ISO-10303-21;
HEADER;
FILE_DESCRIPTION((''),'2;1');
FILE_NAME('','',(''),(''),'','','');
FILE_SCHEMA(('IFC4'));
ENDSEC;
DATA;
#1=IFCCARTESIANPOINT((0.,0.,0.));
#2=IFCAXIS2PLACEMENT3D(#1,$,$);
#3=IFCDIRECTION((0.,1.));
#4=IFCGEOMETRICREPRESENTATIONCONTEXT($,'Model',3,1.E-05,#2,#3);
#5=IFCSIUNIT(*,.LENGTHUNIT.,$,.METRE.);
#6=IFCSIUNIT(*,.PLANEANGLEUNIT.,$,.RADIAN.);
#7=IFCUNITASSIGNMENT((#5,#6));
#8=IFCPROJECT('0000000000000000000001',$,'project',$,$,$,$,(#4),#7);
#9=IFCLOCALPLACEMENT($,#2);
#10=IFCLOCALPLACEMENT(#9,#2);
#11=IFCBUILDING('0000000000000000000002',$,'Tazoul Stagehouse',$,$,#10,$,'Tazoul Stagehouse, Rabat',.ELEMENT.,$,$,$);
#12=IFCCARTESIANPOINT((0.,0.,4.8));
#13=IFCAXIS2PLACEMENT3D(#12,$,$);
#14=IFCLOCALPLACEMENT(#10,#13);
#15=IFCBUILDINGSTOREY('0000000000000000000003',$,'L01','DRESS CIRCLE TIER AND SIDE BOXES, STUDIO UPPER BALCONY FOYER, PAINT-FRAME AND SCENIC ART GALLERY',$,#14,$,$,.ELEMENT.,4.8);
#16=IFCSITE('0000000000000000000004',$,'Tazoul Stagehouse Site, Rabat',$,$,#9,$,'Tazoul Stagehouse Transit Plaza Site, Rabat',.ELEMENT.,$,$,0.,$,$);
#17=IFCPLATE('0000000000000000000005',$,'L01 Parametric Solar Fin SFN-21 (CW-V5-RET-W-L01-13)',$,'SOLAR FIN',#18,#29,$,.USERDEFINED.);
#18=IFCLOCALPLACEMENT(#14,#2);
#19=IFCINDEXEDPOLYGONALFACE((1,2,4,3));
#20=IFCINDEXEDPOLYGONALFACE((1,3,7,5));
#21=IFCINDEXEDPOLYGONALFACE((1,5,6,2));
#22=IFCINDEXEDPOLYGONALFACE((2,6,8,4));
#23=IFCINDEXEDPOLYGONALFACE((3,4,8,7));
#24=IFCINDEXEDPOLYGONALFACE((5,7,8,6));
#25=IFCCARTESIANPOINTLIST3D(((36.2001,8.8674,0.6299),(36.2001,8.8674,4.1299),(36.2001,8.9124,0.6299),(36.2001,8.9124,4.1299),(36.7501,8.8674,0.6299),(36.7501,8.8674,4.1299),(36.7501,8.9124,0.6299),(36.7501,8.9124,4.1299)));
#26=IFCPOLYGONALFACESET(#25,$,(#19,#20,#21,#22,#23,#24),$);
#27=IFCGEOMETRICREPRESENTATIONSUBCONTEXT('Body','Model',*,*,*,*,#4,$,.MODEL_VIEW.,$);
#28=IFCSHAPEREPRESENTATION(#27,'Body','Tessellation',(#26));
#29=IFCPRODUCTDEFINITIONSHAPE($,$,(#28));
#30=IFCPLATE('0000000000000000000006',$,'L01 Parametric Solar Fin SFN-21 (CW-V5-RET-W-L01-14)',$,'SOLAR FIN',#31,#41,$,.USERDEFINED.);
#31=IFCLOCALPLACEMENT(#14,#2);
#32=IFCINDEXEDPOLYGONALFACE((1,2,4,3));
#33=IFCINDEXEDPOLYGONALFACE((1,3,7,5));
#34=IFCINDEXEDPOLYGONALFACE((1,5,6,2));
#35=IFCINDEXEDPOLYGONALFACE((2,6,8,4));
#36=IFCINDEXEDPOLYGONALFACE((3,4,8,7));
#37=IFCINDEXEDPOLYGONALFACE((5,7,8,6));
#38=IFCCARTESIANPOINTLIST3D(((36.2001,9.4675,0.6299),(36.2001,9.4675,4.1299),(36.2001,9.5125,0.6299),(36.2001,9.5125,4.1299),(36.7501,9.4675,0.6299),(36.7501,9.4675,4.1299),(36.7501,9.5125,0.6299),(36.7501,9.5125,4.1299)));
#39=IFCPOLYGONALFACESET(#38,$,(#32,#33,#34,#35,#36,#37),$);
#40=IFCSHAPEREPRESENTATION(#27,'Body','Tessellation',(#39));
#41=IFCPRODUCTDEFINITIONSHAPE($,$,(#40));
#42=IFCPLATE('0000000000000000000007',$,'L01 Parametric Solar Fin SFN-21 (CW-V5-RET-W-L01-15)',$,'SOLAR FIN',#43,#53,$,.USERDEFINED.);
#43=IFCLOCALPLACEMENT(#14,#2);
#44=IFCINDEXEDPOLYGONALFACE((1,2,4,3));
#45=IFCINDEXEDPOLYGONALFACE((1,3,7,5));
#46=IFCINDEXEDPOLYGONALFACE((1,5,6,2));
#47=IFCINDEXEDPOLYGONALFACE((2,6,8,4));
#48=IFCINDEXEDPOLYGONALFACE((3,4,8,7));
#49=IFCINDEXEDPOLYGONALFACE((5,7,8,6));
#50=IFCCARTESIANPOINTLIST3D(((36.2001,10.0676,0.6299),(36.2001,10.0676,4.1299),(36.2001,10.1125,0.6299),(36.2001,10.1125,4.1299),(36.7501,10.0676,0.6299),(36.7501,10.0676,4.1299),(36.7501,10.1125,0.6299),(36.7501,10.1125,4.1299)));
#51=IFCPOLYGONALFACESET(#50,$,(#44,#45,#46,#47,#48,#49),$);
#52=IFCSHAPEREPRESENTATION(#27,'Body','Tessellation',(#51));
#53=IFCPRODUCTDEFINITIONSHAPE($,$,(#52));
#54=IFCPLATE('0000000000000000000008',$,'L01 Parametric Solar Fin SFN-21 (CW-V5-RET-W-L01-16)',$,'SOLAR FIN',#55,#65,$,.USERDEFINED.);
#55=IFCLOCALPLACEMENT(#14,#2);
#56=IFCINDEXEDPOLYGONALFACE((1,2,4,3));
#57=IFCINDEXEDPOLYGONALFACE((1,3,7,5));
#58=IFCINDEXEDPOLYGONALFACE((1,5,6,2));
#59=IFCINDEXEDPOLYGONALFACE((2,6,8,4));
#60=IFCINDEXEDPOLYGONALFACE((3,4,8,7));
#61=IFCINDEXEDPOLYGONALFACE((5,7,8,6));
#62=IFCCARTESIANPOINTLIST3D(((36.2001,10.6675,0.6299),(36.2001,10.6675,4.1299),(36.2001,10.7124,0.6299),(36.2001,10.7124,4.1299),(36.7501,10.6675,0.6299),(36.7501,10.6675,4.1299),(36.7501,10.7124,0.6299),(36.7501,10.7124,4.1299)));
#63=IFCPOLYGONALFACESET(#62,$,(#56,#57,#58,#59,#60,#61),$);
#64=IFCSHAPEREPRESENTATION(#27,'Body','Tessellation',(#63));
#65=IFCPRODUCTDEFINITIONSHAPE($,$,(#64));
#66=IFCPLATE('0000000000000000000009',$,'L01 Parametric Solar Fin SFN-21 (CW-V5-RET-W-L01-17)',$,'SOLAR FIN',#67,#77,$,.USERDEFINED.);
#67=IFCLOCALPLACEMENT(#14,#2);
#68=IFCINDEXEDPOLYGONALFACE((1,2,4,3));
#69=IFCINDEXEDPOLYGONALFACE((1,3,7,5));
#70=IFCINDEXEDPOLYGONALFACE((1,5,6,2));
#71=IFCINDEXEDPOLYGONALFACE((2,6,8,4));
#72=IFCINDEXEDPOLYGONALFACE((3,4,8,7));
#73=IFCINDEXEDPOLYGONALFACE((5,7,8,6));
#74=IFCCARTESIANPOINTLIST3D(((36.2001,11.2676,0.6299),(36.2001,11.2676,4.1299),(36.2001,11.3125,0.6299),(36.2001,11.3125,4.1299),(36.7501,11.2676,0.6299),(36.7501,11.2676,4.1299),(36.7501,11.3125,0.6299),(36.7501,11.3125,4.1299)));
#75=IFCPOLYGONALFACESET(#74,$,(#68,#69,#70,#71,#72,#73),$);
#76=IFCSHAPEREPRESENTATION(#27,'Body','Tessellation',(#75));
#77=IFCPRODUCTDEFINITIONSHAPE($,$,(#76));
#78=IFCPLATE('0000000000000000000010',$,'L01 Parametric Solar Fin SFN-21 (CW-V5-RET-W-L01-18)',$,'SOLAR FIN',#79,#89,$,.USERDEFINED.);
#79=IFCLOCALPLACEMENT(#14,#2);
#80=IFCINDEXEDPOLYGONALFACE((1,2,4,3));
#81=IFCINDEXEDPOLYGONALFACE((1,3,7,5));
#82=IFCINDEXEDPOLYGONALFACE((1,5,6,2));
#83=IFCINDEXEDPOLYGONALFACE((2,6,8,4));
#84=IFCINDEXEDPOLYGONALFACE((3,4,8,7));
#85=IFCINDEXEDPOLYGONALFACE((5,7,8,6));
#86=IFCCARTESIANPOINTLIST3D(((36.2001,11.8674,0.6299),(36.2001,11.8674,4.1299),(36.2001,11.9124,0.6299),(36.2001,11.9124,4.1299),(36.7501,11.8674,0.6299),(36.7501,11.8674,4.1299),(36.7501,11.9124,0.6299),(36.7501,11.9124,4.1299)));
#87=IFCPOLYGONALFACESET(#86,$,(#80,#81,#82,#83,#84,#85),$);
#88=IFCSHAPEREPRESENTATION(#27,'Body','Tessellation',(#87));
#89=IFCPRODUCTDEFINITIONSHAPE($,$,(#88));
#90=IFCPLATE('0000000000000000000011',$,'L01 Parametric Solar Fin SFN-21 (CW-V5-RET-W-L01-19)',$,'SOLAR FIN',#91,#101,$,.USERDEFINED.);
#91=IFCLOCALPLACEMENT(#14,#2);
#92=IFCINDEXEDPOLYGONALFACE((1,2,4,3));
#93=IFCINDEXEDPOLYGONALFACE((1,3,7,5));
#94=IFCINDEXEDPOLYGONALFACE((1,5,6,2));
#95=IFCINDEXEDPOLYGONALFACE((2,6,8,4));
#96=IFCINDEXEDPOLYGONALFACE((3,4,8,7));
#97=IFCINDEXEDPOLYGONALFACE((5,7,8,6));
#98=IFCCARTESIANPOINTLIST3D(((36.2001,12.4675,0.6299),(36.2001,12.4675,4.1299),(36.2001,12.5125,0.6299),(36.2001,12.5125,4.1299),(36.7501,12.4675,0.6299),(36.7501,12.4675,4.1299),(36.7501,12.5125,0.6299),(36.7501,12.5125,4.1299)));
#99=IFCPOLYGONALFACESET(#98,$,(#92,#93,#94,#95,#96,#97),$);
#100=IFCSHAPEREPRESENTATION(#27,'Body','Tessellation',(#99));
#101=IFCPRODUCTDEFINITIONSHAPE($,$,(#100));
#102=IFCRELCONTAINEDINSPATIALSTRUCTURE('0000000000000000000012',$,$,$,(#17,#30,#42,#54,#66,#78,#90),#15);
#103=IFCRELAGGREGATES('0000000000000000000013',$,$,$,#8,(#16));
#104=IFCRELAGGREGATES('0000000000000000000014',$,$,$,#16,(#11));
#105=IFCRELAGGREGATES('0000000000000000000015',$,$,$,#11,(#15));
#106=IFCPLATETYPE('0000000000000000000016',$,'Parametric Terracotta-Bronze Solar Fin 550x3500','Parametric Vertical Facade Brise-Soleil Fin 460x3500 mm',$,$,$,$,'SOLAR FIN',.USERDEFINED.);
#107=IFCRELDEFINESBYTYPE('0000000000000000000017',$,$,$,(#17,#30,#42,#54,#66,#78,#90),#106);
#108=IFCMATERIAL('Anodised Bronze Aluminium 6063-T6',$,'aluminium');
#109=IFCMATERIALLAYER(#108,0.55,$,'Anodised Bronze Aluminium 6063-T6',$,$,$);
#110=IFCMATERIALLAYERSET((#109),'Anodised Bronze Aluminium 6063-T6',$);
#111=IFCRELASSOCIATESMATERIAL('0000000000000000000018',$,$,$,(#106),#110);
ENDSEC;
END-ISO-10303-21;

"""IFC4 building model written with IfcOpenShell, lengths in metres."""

from ifc_helpers import new_model, si_unit, direction, frame, origin, origin_2d, place, context, subcontext, project, spatial, rectangle, extrude, material, layer, layer_set, type_object, element, save


model = new_model("IFC4")

# Units and contexts
model_context = context("Model", 3, precision=1e-05, world=origin(), true_north=direction((0.0, 1.0)))
body_context = subcontext(model_context, "Body", "Model", "MODEL_VIEW")
ifc_project = project(units=[si_unit("LENGTHUNIT", "METRE"), si_unit("PLANEANGLEUNIT", "RADIAN")], contexts=[model_context])

# Site, building, storey
site_placement = place(None, origin())
site = spatial("IfcSite", under=ifc_project, at=site_placement, Name="Tazoul Stagehouse Site, Rabat", LongName="Tazoul Stagehouse Transit Plaza Site, Rabat", CompositionType="ELEMENT", RefElevation=0.0)
building_placement = place(site_placement, origin())
building = spatial("IfcBuilding", under=site, at=building_placement, Name="Tazoul Stagehouse", LongName="Tazoul Stagehouse, Rabat", CompositionType="ELEMENT")
storey_placement = place(building_placement, frame((0.0, 0.0, 4.8)))
storey = spatial("IfcBuildingStorey", under=building, at=storey_placement, Name="L01", Description="DRESS CIRCLE TIER AND SIDE BOXES, STUDIO UPPER BALCONY FOYER, PAINT-FRAME AND SCENIC ART GALLERY", CompositionType="ELEMENT", Elevation=4.8)

# Plates
ifc_material = material(Name="Anodised Bronze Aluminium 6063-T6", Category="aluminium")
ifc_layer = layer(ifc_material, 0.55, Name="Anodised Bronze Aluminium 6063-T6")
ifc_layer_set = layer_set([ifc_layer], Name="Anodised Bronze Aluminium 6063-T6")
plate_type = type_object("IfcPlateType", Name="Parametric Terracotta-Bronze Solar Fin 550x3500", Description="Parametric Vertical Facade Brise-Soleil Fin 460x3500 mm", ElementType="SOLAR FIN", PredefinedType="USERDEFINED", material=ifc_layer_set)
for number, where, z_axis, x_axis, name in (
    (1, (36.4751, 8.8899, 0.6299), (0.0, 0.0, 1.0), (0.0, 1.0, 0.0), "L01 Parametric Solar Fin SFN-21 (CW-V5-RET-W-L01-13)"),
    (2, (36.4751, 9.49, 0.6299), (0.0, 0.0, 1.0), (0.0, 1.0, 0.0), "L01 Parametric Solar Fin SFN-21 (CW-V5-RET-W-L01-14)"),
    (3, (36.4751, 10.0901, 0.6299), (0.0, 0.0, 1.0), (0.0, 1.0, 0.0), "L01 Parametric Solar Fin SFN-21 (CW-V5-RET-W-L01-15)"),
    (4, (36.4751, 10.6899, 0.6299), (0.0, 0.0, 1.0), (0.0, 1.0, 0.0), "L01 Parametric Solar Fin SFN-21 (CW-V5-RET-W-L01-16)"),
    (5, (36.4751, 11.29, 0.6299), (0.0, 0.0, 1.0), (0.0, 1.0, 0.0), "L01 Parametric Solar Fin SFN-21 (CW-V5-RET-W-L01-17)"),
    (6, (36.4751, 11.8899, 0.6299), (0.0, 0.0, 1.0), (0.0, 1.0, 0.0), "L01 Parametric Solar Fin SFN-21 (CW-V5-RET-W-L01-18)"),
    (7, (36.4751, 12.49, 0.6299), (0.0, 0.0, 1.0), (0.0, 1.0, 0.0), "L01 Parametric Solar Fin SFN-21 (CW-V5-RET-W-L01-19)"),
):
    element("IfcPlate", number, at=place(storey_placement, frame(where, z_axis=z_axis, x_axis=x_axis)), inside=storey, type_object=plate_type, Name=name, ObjectType="SOLAR FIN", PredefinedType="USERDEFINED", context=body_context, shape_type="SweptSolid", body=[
        extrude(rectangle(XDim=0.0449, YDim=0.55, at=origin_2d()), origin(), (0.0, 0.0, 1.0), 3.5),
    ])

save(model, "model.ifc")
